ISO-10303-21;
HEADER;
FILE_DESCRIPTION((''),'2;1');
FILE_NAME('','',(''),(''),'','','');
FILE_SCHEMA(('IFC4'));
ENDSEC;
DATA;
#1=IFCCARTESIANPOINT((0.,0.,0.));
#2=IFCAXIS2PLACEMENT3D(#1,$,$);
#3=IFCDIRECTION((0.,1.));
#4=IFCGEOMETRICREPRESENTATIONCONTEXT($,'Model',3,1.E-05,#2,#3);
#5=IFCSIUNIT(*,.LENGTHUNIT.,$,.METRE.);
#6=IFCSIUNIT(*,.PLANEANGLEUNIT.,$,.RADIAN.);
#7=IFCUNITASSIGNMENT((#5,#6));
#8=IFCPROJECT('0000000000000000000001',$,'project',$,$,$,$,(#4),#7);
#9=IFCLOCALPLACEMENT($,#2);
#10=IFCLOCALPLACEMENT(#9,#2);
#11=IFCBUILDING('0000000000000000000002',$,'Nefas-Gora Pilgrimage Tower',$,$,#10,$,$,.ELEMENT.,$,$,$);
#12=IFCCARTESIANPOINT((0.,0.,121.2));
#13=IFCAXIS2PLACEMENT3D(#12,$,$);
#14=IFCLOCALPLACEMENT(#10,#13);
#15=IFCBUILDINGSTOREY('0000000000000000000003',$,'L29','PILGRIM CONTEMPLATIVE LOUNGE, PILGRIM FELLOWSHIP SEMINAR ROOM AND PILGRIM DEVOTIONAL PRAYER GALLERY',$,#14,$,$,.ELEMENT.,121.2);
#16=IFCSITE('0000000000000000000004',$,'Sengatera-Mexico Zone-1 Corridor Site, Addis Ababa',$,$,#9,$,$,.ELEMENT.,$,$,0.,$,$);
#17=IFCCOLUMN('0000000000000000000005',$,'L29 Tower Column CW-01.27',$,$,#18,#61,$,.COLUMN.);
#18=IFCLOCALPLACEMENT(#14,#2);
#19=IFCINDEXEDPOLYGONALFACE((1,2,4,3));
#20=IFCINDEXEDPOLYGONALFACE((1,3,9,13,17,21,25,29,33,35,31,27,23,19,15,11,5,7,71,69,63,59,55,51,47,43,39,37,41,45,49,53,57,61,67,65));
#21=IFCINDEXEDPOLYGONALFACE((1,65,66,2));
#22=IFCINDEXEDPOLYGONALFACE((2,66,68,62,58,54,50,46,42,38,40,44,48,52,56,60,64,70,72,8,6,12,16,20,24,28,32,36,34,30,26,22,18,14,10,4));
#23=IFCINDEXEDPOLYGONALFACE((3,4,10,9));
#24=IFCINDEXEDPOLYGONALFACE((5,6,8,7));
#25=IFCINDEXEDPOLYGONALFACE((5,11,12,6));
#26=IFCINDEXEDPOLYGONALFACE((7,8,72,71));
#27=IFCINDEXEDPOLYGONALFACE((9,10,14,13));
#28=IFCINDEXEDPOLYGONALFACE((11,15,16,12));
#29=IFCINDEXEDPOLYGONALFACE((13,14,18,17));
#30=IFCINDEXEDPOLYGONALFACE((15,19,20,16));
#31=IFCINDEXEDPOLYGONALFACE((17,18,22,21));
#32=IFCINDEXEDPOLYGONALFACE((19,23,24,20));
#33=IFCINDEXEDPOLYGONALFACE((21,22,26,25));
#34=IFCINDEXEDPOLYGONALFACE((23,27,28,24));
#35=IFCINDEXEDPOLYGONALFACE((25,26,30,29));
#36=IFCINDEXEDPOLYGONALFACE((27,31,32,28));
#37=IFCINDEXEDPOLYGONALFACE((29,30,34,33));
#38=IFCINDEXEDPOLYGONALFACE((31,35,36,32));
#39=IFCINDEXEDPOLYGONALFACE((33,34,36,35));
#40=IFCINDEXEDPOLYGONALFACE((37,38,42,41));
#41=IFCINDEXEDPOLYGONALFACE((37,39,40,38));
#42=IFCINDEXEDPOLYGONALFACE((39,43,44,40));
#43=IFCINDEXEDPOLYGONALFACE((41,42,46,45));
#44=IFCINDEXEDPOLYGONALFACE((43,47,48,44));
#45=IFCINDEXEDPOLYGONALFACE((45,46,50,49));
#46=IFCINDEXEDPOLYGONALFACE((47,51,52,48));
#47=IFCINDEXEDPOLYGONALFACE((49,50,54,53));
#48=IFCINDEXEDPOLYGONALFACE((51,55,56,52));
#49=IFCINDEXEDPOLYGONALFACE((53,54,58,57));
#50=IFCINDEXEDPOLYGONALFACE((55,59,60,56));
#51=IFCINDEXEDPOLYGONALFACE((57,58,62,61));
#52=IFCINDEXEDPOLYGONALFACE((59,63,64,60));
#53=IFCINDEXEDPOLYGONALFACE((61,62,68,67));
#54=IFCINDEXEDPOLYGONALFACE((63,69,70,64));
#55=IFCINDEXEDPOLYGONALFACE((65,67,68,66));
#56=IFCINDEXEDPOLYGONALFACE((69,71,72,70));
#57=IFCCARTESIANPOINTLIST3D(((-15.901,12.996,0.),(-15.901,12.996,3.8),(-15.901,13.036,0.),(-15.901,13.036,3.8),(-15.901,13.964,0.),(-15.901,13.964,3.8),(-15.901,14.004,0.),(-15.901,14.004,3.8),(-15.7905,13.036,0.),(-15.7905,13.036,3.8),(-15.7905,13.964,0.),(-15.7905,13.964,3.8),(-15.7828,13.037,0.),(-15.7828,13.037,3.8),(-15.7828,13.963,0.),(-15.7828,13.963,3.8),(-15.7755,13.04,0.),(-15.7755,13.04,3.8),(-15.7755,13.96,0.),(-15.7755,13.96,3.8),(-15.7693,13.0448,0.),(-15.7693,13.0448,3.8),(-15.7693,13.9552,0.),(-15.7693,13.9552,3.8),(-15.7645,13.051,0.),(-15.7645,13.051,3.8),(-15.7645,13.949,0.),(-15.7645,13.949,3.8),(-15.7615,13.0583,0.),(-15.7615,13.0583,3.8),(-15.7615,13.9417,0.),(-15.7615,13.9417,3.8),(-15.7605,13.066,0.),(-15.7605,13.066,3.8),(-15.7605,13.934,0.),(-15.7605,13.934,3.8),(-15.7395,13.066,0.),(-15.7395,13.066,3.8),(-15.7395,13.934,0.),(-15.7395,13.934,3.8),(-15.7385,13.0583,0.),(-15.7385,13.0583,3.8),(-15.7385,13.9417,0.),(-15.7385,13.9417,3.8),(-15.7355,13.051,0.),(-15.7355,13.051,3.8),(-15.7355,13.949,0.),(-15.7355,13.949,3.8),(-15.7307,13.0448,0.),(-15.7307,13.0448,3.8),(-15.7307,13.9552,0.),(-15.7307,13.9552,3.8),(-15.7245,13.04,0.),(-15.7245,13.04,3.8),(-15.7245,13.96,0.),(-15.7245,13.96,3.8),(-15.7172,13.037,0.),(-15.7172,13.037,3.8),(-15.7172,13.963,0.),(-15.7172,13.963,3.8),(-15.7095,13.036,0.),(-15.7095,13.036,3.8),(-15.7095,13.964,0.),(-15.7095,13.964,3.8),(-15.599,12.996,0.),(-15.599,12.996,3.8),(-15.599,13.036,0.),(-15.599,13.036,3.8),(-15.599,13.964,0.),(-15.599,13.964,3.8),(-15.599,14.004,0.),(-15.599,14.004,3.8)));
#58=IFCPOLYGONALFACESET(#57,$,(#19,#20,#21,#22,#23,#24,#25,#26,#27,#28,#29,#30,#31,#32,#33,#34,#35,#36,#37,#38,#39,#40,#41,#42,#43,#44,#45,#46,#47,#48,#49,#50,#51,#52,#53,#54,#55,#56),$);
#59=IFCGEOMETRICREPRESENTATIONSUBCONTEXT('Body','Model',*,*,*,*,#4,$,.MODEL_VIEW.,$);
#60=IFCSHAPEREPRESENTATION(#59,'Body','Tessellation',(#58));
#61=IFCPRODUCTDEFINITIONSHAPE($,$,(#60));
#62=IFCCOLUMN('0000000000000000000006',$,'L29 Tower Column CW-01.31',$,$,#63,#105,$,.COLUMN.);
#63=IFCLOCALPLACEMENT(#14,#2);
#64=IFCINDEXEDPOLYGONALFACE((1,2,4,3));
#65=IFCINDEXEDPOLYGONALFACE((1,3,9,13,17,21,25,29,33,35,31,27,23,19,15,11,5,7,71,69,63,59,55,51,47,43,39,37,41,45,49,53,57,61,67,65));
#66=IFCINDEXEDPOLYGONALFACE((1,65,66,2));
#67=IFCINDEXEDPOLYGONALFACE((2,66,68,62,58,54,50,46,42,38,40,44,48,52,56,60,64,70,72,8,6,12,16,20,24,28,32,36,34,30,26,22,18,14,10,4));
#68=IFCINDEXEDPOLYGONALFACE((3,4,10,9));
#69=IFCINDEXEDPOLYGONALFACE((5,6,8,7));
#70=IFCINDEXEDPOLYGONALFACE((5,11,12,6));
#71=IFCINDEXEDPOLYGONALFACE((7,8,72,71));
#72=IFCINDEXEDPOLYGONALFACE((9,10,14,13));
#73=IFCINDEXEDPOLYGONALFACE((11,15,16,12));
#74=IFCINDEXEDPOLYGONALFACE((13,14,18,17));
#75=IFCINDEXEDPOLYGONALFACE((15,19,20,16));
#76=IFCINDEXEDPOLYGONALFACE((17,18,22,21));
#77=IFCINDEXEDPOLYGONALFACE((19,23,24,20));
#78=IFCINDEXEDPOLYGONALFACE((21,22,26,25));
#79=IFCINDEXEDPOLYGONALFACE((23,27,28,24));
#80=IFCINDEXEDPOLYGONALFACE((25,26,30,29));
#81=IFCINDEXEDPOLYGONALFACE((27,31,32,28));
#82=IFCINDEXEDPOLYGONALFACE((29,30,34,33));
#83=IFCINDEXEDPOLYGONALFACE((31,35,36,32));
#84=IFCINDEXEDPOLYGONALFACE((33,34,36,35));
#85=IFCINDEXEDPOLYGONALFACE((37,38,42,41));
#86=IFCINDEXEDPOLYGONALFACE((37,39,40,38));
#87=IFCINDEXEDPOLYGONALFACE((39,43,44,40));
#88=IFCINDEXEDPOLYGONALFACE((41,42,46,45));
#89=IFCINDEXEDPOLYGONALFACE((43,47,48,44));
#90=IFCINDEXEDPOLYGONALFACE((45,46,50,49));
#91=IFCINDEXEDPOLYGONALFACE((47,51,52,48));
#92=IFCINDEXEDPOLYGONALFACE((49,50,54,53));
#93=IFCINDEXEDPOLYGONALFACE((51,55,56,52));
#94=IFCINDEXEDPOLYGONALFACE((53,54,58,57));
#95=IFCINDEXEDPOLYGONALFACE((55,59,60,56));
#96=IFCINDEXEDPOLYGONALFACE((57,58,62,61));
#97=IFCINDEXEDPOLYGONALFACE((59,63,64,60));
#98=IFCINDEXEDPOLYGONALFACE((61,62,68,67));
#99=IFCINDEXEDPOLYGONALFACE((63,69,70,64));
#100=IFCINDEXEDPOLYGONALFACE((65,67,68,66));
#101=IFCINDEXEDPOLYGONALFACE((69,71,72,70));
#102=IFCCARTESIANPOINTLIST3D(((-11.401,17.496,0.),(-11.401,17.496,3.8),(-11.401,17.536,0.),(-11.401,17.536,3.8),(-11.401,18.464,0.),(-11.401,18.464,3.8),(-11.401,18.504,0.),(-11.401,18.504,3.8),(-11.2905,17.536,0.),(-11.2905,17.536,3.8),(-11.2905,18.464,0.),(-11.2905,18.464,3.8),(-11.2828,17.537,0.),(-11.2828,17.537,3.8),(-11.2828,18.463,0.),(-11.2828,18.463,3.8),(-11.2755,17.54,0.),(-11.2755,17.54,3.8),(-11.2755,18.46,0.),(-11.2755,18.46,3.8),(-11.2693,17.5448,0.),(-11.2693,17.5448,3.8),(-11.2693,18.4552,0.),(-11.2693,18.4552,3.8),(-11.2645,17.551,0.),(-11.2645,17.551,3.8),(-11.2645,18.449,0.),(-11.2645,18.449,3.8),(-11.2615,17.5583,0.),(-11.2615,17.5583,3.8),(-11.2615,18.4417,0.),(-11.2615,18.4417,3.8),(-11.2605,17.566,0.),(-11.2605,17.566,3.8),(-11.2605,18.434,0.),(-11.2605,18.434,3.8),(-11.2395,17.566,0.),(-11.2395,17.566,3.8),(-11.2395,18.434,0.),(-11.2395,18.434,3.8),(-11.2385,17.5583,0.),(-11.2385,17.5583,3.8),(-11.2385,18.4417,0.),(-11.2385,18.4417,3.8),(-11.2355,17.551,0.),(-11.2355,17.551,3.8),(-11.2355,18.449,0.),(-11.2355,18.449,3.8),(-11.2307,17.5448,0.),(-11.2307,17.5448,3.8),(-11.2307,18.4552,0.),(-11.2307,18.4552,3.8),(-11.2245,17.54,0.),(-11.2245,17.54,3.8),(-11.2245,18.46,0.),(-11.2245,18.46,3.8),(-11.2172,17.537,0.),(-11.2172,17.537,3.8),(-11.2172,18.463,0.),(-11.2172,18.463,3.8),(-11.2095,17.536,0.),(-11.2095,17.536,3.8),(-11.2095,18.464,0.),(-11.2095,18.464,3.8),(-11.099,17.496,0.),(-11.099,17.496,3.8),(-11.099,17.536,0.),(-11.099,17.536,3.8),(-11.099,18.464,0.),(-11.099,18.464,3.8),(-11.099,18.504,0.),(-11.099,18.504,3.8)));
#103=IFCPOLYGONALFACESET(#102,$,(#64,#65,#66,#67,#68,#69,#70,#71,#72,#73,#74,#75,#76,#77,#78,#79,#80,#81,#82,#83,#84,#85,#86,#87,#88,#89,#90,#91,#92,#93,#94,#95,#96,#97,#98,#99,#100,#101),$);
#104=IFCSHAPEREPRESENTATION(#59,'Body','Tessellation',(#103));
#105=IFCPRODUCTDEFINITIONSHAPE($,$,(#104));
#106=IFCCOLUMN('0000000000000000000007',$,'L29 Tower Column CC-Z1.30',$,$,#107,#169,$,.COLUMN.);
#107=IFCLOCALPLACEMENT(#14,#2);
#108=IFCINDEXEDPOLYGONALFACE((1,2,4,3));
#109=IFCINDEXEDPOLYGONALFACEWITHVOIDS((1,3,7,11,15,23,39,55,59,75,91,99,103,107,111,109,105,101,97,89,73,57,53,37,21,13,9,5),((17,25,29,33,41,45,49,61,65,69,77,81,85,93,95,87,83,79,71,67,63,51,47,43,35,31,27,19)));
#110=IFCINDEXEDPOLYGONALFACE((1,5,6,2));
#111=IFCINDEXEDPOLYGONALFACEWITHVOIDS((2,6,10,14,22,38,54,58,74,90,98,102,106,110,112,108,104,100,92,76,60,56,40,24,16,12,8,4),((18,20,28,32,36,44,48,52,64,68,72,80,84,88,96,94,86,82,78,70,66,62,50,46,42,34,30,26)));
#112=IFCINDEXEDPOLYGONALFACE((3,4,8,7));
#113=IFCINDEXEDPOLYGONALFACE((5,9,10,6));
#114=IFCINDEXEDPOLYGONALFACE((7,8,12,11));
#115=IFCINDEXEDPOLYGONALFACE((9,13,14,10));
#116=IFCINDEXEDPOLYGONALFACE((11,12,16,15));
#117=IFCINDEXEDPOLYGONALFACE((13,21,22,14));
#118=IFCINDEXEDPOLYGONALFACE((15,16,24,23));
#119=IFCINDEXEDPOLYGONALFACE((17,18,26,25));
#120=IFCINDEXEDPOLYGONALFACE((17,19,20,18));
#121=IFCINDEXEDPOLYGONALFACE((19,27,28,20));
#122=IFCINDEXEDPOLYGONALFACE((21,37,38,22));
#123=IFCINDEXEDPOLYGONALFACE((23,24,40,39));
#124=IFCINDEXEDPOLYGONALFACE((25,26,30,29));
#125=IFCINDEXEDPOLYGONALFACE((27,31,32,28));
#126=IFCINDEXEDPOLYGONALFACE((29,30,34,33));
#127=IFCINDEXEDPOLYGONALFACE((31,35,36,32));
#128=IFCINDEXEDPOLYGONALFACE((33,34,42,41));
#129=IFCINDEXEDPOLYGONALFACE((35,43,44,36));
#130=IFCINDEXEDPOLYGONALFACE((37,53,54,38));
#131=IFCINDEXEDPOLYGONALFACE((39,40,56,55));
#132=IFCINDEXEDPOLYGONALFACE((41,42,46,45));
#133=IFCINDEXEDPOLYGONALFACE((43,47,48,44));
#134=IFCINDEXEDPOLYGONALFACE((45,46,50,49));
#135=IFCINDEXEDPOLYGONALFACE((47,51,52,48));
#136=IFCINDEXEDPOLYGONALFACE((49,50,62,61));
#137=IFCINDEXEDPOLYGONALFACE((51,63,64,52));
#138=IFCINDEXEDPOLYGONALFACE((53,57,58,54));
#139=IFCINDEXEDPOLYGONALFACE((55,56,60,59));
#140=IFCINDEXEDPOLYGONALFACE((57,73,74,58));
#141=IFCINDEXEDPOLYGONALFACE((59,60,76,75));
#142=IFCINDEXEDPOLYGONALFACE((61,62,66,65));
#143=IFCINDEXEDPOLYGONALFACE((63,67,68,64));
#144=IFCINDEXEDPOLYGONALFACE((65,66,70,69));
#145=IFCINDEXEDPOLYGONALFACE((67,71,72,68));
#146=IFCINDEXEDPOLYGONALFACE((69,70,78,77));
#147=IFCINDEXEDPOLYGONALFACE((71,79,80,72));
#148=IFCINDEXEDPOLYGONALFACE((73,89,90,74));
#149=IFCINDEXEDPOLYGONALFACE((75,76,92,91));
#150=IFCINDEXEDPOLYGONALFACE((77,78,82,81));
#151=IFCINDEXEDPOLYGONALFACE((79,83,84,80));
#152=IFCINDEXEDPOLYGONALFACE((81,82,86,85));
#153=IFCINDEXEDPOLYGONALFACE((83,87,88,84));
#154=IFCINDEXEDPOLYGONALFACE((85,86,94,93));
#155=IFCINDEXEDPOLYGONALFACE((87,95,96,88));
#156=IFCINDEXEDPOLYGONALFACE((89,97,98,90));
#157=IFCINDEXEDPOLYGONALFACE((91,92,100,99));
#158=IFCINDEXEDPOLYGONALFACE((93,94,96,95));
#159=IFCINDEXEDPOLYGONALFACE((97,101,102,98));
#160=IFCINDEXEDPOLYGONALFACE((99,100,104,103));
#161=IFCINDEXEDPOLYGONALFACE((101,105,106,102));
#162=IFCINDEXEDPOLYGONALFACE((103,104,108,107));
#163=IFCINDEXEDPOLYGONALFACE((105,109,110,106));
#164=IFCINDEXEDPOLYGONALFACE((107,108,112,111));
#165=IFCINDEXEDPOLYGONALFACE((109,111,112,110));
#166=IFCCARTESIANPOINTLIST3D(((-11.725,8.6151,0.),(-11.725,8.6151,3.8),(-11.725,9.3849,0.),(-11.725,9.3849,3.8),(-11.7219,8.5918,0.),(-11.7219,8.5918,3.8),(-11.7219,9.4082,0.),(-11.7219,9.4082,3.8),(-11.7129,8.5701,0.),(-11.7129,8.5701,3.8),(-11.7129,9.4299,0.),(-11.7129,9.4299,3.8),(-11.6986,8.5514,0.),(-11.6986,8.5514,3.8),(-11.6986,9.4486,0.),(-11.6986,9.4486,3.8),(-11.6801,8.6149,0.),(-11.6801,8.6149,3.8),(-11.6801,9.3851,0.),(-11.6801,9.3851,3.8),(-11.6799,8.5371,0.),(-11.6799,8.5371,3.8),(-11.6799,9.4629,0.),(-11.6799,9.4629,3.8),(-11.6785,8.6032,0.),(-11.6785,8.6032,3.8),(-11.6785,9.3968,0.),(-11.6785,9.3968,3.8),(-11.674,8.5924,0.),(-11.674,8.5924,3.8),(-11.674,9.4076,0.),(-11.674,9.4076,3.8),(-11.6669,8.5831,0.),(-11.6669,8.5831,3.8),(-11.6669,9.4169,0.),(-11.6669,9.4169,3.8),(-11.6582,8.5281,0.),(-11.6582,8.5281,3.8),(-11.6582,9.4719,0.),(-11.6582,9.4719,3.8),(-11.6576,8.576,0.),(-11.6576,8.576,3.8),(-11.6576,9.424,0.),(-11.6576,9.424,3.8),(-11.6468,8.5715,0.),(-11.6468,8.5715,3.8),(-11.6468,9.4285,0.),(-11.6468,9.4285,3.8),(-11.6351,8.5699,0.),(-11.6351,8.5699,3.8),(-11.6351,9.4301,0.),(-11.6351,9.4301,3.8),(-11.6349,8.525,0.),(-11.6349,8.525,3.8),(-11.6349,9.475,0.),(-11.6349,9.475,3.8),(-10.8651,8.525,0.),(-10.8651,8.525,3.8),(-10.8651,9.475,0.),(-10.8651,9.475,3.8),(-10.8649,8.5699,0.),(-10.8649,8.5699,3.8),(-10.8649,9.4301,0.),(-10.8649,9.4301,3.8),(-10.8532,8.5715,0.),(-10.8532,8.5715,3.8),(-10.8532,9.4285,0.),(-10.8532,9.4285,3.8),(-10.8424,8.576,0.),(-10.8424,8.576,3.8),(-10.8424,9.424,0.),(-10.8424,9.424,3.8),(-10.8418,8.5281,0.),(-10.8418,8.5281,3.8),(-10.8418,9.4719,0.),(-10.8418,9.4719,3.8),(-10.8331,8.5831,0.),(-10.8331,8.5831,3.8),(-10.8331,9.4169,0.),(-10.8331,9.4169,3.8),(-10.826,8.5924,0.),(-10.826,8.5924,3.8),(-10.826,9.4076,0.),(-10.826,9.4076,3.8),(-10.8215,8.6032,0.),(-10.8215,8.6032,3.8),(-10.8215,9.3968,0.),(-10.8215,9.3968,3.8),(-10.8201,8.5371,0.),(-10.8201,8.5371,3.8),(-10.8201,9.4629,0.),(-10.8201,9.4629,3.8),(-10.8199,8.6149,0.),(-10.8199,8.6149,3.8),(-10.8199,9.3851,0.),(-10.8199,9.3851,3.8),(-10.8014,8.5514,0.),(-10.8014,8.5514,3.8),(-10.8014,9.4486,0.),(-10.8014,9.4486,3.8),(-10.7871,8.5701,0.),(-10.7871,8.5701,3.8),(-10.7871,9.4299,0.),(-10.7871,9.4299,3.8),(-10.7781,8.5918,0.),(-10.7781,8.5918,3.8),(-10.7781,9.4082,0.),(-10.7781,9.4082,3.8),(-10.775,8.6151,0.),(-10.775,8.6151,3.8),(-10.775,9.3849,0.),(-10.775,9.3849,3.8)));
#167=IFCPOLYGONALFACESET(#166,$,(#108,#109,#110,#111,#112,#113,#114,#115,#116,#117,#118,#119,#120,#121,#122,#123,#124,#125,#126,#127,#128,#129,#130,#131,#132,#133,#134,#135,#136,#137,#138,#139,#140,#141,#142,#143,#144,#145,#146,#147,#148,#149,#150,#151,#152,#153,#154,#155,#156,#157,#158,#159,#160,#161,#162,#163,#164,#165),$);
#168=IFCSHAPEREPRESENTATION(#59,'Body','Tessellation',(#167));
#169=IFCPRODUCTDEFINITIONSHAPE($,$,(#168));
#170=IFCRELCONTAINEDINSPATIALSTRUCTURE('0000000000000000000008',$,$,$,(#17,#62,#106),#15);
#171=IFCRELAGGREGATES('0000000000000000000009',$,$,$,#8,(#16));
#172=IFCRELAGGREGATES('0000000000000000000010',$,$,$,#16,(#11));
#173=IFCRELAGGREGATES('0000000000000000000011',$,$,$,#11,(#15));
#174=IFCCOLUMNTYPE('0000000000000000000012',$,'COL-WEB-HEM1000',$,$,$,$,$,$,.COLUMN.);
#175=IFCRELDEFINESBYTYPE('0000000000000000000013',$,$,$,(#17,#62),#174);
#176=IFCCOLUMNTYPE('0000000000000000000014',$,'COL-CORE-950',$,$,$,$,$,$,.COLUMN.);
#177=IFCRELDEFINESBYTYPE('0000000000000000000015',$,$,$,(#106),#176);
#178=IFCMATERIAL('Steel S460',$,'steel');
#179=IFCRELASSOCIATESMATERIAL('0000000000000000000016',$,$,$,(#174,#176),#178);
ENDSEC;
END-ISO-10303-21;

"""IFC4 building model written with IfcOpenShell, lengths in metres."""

from ifc_helpers import new_model, si_unit, direction, frame, origin, origin_2d, place, context, subcontext, project, spatial, hollow_rectangle, i_section, extrude, source, transform, mapped, material, material_profile, profile_set, type_object, element, save


model = new_model("IFC4")

# Units and contexts
model_context = context("Model", 3, precision=1e-05, world=origin(), true_north=direction((0.0, 1.0)))
body_context = subcontext(model_context, "Body", "Model", "MODEL_VIEW")
ifc_project = project(units=[si_unit("LENGTHUNIT", "METRE"), si_unit("PLANEANGLEUNIT", "RADIAN")], contexts=[model_context])

# Site, building, storey
site_placement = place(None, origin())
site = spatial("IfcSite", under=ifc_project, at=site_placement, Name="Sengatera-Mexico Zone-1 Corridor Site, Addis Ababa", CompositionType="ELEMENT", RefElevation=0.0)
building_placement = place(site_placement, origin())
building = spatial("IfcBuilding", under=site, at=building_placement, Name="Nefas-Gora Pilgrimage Tower", CompositionType="ELEMENT")
storey_placement = place(building_placement, frame((0.0, 0.0, 121.2)))
storey = spatial("IfcBuildingStorey", under=building, at=storey_placement, Name="L29", Description="PILGRIM CONTEMPLATIVE LOUNGE, PILGRIM FELLOWSHIP SEMINAR ROOM AND PILGRIM DEVOTIONAL PRAYER GALLERY", CompositionType="ELEMENT", Elevation=121.2)

# Columns
ifc_material_1 = material(Name="Steel S460", Category="steel")
ifc_material_profile_1 = material_profile(ifc_material_1, i_section(OverallWidth=0.302, OverallDepth=1.0081, WebThickness=0.021, FlangeThickness=0.04, FilletRadius=0.03, at=origin_2d()), Name="HEM 1000")
ifc_profile_set_1 = profile_set([ifc_material_profile_1], Name="Steel S460")
column_type_1 = type_object("IfcColumnType", Name="COL-WEB-HEM1000", PredefinedType="COLUMN", material=ifc_profile_set_1)
shared_shape_1 = source(origin(), body_context, "Body", "SweptSolid", [
    extrude(i_section(OverallWidth=0.302, OverallDepth=1.0081, WebThickness=0.021, FlangeThickness=0.04, FilletRadius=0.03, at=origin_2d()), origin(), (0.0, 0.0, 1.0), 3.8),
])
for number, where, z_axis, x_axis, name in (
    (1, (-15.75, 13.5, 0.0), (0.0, 0.0, 1.0), (1.0, 0.0, 0.0), "L29 Tower Column CW-01.27"),
    (2, (-11.25, 18.0, 0.0), (0.0, 0.0, 1.0), (1.0, 0.0, 0.0), "L29 Tower Column CW-01.31"),
):
    element("IfcColumn", number, at=place(storey_placement, frame(where, z_axis=z_axis, x_axis=x_axis)), inside=storey, type_object=column_type_1, Name=name, PredefinedType="COLUMN", context=body_context, shape_type="MappedRepresentation", body=[
        mapped(shared_shape_1, transform((0.0, 0.0, 0.0), x_axis=(1.0, 0.0, 0.0), y_axis=(0.0, 1.0, 0.0), z_axis=(0.0, 0.0, 1.0), scale=1.0)),
    ])
ifc_material_profile_2 = material_profile(ifc_material_1, hollow_rectangle(XDim=0.95, YDim=0.95, WallThickness=0.0449, InnerFilletRadius=0.0449, OuterFilletRadius=0.0901, at=origin_2d()), Name="BOX 950x950x45")
ifc_profile_set_2 = profile_set([ifc_material_profile_2], Name="Steel S460")
column_type_2 = type_object("IfcColumnType", Name="COL-CORE-950", PredefinedType="COLUMN", material=ifc_profile_set_2)
shared_shape_2 = source(origin(), body_context, "Body", "SweptSolid", [
    extrude(hollow_rectangle(XDim=0.95, YDim=0.95, WallThickness=0.0449, InnerFilletRadius=0.0449, OuterFilletRadius=0.0901, at=origin_2d()), origin(), (0.0, 0.0, 1.0), 3.8),
])
column_placement = place(storey_placement, frame((-11.25, 9.0, 0.0), z_axis=(0.0, 0.0, 1.0), x_axis=(1.0, 0.0, 0.0)))
element("IfcColumn", 3, at=column_placement, inside=storey, type_object=column_type_2, Name="L29 Tower Column CC-Z1.30", PredefinedType="COLUMN", context=body_context, shape_type="MappedRepresentation", body=[
    mapped(shared_shape_2, transform((0.0, 0.0, 0.0), x_axis=(1.0, 0.0, 0.0), y_axis=(0.0, 1.0, 0.0), z_axis=(0.0, 0.0, 1.0), scale=1.0)),
])

save(model, "model.ifc")
